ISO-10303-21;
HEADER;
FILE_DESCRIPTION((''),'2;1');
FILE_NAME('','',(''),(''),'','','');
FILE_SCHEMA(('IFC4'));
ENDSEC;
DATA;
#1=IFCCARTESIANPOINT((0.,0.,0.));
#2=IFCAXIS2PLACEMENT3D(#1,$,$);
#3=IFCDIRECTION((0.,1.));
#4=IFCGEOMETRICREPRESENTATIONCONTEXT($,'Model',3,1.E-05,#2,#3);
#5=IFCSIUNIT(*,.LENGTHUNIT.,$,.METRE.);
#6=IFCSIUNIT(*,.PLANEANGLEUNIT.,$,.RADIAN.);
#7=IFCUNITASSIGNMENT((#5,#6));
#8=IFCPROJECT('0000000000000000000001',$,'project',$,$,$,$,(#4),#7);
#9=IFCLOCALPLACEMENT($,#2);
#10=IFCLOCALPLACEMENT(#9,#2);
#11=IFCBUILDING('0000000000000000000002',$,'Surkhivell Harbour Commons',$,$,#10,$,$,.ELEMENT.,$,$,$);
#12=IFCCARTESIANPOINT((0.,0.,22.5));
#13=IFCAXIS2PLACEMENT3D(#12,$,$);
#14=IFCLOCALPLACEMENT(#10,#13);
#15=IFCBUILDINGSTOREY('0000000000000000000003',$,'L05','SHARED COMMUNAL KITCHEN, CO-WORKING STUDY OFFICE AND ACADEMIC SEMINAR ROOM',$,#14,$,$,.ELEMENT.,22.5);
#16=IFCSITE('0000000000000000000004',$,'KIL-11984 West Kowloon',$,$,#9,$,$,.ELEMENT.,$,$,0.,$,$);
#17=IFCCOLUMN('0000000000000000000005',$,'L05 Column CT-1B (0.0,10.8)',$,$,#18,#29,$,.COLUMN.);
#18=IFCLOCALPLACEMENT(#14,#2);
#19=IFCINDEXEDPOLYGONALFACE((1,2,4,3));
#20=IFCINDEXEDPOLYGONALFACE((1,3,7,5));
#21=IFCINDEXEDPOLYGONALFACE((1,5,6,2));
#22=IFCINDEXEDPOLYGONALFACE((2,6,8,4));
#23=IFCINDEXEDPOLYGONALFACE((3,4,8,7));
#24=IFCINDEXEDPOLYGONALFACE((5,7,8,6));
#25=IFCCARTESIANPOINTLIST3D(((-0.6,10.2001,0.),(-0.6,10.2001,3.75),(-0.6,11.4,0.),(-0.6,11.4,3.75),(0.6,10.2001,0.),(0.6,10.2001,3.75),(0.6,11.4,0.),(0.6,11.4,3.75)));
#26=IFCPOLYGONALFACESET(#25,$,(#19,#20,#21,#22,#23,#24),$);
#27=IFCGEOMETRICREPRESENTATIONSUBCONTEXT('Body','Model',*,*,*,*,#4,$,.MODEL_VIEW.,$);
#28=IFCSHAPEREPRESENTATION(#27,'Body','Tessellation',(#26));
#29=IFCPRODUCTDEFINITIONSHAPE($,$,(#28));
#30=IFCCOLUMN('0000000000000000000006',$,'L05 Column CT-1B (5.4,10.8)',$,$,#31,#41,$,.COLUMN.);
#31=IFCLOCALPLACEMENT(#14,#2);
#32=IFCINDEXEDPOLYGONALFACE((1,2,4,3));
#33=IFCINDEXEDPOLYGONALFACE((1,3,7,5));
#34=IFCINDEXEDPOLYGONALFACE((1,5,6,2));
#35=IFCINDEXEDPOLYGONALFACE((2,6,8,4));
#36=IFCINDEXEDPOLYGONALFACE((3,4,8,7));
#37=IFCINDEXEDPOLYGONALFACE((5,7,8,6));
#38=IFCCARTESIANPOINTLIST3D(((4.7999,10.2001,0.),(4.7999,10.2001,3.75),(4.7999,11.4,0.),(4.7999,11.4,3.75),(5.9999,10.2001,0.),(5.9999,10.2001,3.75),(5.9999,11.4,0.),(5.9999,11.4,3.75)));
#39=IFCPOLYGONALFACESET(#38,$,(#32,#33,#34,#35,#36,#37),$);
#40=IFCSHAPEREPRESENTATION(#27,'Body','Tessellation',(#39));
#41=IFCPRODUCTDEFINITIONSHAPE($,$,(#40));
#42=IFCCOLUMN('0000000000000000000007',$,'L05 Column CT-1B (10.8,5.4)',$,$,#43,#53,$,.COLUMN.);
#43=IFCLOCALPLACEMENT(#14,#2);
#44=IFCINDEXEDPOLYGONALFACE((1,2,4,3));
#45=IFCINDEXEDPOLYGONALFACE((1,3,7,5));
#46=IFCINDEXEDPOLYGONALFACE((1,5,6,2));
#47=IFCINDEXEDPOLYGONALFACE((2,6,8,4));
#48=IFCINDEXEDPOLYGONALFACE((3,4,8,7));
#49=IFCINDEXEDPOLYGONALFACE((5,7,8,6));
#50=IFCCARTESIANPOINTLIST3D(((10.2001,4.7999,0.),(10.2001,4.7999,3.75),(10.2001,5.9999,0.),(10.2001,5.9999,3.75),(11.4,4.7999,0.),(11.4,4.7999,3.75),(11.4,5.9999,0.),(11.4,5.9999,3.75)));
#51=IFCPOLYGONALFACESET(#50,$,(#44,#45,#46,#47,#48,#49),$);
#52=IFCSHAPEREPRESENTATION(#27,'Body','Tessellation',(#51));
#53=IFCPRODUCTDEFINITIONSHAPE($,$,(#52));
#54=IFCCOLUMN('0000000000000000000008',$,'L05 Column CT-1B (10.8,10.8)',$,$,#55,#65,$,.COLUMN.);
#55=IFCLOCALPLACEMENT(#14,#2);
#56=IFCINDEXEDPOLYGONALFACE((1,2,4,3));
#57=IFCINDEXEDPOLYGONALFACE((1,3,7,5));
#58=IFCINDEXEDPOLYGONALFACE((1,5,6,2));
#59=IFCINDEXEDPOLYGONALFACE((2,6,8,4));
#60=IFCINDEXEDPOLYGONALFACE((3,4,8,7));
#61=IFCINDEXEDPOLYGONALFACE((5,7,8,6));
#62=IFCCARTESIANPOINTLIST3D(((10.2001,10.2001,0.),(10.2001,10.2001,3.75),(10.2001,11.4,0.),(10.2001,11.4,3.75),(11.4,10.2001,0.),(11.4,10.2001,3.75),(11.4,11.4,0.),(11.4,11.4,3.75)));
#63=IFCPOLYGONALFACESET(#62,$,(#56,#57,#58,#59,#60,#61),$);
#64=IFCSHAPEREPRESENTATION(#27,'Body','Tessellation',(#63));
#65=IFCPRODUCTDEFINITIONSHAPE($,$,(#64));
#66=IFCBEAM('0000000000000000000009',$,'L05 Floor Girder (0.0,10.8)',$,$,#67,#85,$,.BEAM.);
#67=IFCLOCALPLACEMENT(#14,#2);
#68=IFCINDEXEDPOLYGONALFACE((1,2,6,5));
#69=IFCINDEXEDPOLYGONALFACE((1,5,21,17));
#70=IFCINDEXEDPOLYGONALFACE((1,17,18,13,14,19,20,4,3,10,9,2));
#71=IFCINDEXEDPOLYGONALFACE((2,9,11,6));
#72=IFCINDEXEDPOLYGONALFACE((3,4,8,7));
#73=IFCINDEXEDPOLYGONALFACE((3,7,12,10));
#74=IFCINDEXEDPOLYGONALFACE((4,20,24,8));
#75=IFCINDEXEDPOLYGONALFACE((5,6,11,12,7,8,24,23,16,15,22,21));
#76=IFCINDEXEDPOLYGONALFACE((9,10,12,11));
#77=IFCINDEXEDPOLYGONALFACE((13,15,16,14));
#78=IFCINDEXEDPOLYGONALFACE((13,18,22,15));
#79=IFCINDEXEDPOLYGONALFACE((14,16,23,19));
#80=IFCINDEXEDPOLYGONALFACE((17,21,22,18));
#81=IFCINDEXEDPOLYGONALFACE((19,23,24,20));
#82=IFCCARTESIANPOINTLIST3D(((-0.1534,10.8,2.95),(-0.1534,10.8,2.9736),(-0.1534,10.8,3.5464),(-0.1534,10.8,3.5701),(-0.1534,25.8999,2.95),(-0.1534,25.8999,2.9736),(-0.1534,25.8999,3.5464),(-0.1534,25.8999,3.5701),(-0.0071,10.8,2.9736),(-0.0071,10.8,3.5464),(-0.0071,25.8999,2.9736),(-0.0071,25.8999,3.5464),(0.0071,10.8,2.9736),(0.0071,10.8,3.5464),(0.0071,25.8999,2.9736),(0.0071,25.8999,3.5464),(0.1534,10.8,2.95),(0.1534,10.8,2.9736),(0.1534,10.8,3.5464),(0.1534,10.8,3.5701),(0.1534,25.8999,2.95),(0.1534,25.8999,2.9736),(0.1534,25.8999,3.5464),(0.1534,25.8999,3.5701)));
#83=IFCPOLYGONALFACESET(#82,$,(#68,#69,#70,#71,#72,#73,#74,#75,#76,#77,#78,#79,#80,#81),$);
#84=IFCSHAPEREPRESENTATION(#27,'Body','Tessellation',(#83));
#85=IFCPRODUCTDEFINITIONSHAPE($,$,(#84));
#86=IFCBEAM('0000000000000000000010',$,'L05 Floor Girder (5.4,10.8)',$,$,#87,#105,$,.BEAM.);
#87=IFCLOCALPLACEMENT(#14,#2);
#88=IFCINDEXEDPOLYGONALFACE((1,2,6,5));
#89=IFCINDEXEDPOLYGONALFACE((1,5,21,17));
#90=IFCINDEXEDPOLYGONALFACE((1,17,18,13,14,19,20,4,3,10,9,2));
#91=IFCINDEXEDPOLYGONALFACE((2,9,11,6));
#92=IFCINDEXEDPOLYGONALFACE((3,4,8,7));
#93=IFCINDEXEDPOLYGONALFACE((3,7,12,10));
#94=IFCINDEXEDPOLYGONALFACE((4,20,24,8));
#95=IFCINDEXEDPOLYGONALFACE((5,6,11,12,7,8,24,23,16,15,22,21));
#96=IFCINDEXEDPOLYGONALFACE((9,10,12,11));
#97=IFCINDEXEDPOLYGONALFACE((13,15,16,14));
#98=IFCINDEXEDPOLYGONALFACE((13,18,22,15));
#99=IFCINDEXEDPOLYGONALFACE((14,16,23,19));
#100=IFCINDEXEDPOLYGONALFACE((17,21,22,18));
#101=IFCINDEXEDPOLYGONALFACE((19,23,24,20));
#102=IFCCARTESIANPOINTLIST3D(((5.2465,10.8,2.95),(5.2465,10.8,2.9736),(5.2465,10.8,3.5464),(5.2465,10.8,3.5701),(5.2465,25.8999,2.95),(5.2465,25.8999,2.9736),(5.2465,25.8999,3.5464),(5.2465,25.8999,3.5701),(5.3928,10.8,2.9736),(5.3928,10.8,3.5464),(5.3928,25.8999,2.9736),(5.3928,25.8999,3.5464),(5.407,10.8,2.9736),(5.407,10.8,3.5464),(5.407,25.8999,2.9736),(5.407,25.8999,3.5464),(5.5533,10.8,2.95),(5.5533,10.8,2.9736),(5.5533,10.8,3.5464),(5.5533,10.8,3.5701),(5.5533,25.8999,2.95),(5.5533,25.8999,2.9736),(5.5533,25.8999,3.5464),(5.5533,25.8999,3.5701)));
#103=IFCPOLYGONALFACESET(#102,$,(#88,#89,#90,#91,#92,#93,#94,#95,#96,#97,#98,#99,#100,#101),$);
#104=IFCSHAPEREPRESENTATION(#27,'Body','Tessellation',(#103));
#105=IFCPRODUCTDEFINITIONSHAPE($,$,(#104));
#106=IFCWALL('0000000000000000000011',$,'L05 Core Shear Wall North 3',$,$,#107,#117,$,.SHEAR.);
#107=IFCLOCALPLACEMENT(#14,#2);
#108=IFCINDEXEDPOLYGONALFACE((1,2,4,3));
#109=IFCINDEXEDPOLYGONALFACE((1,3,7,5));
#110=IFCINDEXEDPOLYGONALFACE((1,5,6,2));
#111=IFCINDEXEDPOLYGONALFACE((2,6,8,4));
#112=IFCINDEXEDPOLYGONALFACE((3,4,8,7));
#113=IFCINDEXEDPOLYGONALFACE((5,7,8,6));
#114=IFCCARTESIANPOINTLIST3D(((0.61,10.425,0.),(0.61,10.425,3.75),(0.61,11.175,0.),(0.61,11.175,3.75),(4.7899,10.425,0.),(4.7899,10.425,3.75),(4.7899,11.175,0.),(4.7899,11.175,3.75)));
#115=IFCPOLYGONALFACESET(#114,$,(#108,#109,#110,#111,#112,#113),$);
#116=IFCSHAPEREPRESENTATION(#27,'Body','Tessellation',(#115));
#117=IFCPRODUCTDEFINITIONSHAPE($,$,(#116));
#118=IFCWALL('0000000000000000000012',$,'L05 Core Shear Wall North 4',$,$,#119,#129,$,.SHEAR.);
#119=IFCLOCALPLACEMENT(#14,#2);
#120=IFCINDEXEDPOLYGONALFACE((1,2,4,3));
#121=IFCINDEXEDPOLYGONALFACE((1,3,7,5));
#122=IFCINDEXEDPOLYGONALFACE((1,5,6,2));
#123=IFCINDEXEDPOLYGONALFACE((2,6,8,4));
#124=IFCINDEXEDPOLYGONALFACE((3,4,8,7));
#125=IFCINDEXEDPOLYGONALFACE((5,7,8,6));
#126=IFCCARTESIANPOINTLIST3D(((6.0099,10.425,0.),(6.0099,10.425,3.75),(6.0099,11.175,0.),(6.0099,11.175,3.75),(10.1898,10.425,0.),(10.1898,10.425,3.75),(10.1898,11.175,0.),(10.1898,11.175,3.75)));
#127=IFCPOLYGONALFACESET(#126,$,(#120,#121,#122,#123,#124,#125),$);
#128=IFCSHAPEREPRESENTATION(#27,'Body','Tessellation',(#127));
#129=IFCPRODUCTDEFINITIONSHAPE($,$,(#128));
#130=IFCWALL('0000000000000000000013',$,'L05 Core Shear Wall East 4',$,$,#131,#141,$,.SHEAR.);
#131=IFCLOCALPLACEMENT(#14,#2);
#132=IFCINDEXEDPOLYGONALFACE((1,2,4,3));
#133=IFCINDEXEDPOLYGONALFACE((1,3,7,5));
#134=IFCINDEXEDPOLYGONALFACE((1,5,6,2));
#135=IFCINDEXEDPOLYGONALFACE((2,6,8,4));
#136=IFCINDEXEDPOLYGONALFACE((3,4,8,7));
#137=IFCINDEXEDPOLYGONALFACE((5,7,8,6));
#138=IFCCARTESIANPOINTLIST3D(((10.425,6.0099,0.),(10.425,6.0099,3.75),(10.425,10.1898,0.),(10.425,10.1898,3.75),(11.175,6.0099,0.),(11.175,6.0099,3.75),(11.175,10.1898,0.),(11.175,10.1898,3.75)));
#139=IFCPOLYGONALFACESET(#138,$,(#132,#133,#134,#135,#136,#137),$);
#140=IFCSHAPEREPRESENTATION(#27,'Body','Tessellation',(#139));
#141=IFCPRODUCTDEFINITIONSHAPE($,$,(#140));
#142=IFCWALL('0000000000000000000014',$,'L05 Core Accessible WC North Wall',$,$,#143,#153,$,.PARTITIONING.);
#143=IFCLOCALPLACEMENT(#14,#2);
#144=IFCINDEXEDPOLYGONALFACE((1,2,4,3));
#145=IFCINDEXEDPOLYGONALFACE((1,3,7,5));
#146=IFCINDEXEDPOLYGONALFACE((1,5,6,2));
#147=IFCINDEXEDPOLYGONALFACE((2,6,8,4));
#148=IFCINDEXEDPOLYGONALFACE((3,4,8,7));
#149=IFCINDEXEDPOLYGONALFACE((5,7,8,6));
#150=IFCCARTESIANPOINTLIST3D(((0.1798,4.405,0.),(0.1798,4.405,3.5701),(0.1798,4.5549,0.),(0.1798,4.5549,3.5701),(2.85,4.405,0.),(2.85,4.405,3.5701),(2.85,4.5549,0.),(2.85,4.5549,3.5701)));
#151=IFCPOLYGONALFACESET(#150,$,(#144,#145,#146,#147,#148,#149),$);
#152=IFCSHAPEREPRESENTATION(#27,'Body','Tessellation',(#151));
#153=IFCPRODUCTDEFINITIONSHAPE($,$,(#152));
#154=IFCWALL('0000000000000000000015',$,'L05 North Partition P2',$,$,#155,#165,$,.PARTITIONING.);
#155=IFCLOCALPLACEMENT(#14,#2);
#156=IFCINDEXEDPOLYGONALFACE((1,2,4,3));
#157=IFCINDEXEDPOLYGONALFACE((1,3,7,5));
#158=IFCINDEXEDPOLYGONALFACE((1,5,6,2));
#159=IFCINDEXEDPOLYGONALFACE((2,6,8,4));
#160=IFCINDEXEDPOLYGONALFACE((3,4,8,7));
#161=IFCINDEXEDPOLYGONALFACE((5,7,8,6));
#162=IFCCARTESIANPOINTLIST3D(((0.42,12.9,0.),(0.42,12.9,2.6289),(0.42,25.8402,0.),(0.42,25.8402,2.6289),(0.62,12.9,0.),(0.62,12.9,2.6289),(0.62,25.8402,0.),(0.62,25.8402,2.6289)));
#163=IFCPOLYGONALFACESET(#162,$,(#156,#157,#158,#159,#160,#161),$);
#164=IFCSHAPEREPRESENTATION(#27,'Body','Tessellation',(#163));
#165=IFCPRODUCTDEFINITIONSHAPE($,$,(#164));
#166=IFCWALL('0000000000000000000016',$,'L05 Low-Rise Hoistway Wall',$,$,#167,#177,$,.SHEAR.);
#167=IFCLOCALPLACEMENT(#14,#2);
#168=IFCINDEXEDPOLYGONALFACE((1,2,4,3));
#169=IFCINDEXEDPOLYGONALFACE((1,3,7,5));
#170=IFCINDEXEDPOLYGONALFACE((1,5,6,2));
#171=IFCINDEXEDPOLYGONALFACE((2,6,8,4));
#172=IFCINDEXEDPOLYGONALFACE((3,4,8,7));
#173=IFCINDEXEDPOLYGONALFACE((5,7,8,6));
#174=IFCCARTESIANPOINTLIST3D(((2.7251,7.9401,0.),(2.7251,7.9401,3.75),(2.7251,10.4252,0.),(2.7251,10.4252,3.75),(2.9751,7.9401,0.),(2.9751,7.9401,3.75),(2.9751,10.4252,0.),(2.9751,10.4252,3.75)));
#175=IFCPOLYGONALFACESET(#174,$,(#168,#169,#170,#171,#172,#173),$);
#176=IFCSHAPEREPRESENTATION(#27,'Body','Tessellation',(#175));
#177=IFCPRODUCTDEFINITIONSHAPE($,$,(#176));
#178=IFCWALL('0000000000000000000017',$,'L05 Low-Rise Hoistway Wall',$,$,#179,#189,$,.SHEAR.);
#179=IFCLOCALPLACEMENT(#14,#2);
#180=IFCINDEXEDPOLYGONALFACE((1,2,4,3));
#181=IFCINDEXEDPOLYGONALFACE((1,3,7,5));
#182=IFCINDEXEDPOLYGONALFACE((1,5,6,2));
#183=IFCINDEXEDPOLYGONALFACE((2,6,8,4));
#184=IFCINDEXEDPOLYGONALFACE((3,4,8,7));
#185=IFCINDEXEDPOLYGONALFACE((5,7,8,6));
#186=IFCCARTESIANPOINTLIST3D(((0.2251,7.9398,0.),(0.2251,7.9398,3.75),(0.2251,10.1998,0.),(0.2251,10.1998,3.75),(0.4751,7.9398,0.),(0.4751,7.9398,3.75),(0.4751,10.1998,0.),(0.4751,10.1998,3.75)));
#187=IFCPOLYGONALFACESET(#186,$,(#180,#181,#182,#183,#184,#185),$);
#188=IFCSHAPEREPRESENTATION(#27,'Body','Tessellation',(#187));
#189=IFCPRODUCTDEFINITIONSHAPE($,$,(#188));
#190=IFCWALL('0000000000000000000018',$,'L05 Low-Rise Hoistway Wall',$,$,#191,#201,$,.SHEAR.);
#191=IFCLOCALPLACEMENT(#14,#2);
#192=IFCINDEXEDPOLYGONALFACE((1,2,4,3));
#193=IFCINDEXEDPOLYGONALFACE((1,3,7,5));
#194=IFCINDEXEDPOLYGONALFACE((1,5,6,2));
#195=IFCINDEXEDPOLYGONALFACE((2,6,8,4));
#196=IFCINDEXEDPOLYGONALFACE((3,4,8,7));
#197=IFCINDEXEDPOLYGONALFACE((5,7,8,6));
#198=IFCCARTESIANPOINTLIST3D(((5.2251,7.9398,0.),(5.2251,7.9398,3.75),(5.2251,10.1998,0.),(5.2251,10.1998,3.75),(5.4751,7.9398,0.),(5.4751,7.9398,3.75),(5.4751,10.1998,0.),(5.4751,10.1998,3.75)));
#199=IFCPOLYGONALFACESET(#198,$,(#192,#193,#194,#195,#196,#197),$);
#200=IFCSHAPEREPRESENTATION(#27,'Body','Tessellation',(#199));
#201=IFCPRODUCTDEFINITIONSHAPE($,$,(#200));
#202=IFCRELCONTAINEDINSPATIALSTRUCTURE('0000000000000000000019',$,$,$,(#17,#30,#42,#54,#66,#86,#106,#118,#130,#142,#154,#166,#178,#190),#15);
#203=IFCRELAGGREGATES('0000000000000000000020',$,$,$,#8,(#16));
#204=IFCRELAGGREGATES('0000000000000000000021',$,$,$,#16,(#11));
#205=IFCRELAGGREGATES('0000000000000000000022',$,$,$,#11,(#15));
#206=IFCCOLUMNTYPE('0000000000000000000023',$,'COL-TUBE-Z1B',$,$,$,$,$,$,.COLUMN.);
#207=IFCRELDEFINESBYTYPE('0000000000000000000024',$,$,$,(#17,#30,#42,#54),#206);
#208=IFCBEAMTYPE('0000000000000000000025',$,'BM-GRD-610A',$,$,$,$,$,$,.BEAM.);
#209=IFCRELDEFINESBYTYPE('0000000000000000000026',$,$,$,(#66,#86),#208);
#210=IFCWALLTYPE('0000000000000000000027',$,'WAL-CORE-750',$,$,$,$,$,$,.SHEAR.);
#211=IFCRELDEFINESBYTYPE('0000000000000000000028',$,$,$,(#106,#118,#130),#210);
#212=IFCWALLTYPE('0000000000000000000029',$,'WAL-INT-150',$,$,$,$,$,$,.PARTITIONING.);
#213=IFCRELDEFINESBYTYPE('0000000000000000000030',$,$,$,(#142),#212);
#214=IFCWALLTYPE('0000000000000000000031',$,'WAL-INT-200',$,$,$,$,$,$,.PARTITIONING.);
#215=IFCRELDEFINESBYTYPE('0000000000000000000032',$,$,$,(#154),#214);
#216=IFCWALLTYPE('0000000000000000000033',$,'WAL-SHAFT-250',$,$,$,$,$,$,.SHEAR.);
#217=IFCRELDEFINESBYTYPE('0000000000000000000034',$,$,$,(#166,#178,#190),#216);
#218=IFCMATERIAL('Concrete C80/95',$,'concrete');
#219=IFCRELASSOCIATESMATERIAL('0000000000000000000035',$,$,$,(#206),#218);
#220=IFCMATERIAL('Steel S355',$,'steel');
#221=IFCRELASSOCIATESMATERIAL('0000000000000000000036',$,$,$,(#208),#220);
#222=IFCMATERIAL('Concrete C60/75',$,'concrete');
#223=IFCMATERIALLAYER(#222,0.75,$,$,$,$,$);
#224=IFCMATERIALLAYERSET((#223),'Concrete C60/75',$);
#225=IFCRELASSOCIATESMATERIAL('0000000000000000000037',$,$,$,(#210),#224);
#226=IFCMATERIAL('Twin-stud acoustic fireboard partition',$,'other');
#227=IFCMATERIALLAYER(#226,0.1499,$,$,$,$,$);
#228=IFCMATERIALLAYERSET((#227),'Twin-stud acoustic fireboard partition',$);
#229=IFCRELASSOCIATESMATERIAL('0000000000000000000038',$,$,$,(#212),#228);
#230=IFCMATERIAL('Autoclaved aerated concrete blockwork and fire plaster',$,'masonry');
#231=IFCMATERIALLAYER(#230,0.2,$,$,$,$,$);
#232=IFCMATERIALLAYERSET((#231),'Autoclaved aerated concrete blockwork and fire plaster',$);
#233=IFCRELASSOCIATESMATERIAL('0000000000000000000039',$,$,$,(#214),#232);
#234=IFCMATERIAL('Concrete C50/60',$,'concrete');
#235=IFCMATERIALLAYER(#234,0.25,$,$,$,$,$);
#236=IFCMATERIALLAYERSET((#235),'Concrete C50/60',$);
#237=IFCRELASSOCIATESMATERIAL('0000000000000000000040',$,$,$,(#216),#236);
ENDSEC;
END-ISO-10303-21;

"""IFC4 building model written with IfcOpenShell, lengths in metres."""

from ifc_helpers import new_model, si_unit, direction, frame, frame_2d, origin, origin_2d, place, context, subcontext, project, spatial, rectangle, i_section, extrude, material, layer, layer_set, material_profile, profile_set, type_object, element, save


model = new_model("IFC4")

# Units and contexts
model_context = context("Model", 3, precision=1e-05, world=origin(), true_north=direction((0.0, 1.0)))
body_context = subcontext(model_context, "Body", "Model", "MODEL_VIEW")
ifc_project = project(units=[si_unit("LENGTHUNIT", "METRE"), si_unit("PLANEANGLEUNIT", "RADIAN")], contexts=[model_context])

# Site, building, storey
site_placement = place(None, origin())
site = spatial("IfcSite", under=ifc_project, at=site_placement, Name="KIL-11984 West Kowloon", CompositionType="ELEMENT", RefElevation=0.0)
building_placement = place(site_placement, origin())
building = spatial("IfcBuilding", under=site, at=building_placement, Name="Surkhivell Harbour Commons", CompositionType="ELEMENT")
storey_placement = place(building_placement, frame((0.0, 0.0, 22.5)))
storey = spatial("IfcBuildingStorey", under=building, at=storey_placement, Name="L05", Description="SHARED COMMUNAL KITCHEN, CO-WORKING STUDY OFFICE AND ACADEMIC SEMINAR ROOM", CompositionType="ELEMENT", Elevation=22.5)

# Columns
ifc_material_1 = material(Name="Concrete C80/95", Category="concrete")
ifc_material_profile_1 = material_profile(ifc_material_1, rectangle(XDim=1.2, YDim=1.2, at=origin_2d()), Name="RC-COL-1200x1200")
ifc_profile_set_1 = profile_set([ifc_material_profile_1], Name="Concrete C80/95")
column_type = type_object("IfcColumnType", Name="COL-TUBE-Z1B", PredefinedType="COLUMN", material=ifc_profile_set_1)
for number, where, z_axis, x_axis, name in (
    (1, (0.0, 10.8, 0.0), (0.0, 0.0, 1.0), (1.0, 0.0, 0.0), "L05 Column CT-1B (0.0,10.8)"),
    (2, (5.3999, 10.8, 0.0), (0.0, 0.0, 1.0), (1.0, 0.0, 0.0), "L05 Column CT-1B (5.4,10.8)"),
    (3, (10.8, 5.3999, 0.0), (0.0, 0.0, 1.0), (1.0, 0.0, 0.0), "L05 Column CT-1B (10.8,5.4)"),
    (4, (10.8, 10.8, 0.0), (0.0, 0.0, 1.0), (1.0, 0.0, 0.0), "L05 Column CT-1B (10.8,10.8)"),
):
    element("IfcColumn", number, at=place(storey_placement, frame(where, z_axis=z_axis, x_axis=x_axis)), inside=storey, type_object=column_type, Name=name, PredefinedType="COLUMN", context=body_context, shape_type="SweptSolid", body=[
        extrude(rectangle(XDim=1.2, YDim=1.2, at=origin_2d()), origin(), (0.0, 0.0, 1.0), 3.75),
    ])

# Beams
ifc_material_2 = material(Name="Steel S355", Category="steel")
ifc_material_profile_2 = material_profile(ifc_material_2, i_section(OverallWidth=0.3069, OverallDepth=0.6201, WebThickness=0.0142, FlangeThickness=0.0237, at=origin_2d()), Name="UB610x305x179")
ifc_profile_set_2 = profile_set([ifc_material_profile_2], Name="Steel S355")
beam_type = type_object("IfcBeamType", Name="BM-GRD-610A", PredefinedType="BEAM", material=ifc_profile_set_2)
for number, where, z_axis, x_axis, name in (
    (5, (0.0, 10.8, 3.26), (0.0, 1.0, 0.0), (-1.0, 0.0, 0.0), "L05 Floor Girder (0.0,10.8)"),
    (6, (5.3999, 10.8, 3.26), (0.0, 1.0, 0.0), (-1.0, 0.0, 0.0), "L05 Floor Girder (5.4,10.8)"),
):
    element("IfcBeam", number, at=place(storey_placement, frame(where, z_axis=z_axis, x_axis=x_axis)), inside=storey, type_object=beam_type, Name=name, PredefinedType="BEAM", context=body_context, shape_type="SweptSolid", body=[
        extrude(i_section(OverallWidth=0.3069, OverallDepth=0.6201, WebThickness=0.0142, FlangeThickness=0.0237, at=origin_2d()), origin(), (0.0, 0.0, 1.0), 15.0999),
    ])

# Walls
ifc_material_3 = material(Name="Concrete C60/75", Category="concrete")
ifc_layer_1 = layer(ifc_material_3, 0.75)
ifc_layer_set_1 = layer_set([ifc_layer_1], Name="Concrete C60/75")
wall_type_1 = type_object("IfcWallType", Name="WAL-CORE-750", PredefinedType="SHEAR", material=ifc_layer_set_1)
for number, where, z_axis, x_axis, name in (
    (7, (0.6101, 10.8, 0.0), (0.0, 0.0, 1.0), (1.0, 0.0, 0.0), "L05 Core Shear Wall North 3"),
    (8, (6.01, 10.8, 0.0), (0.0, 0.0, 1.0), (1.0, 0.0, 0.0), "L05 Core Shear Wall North 4"),
    (9, (10.8, 6.01, 0.0), (0.0, 0.0, 1.0), (0.0, 1.0, 0.0), "L05 Core Shear Wall East 4"),
):
    element("IfcWall", number, at=place(storey_placement, frame(where, z_axis=z_axis, x_axis=x_axis)), inside=storey, type_object=wall_type_1, Name=name, PredefinedType="SHEAR", context=body_context, shape_type="SweptSolid", body=[
        extrude(rectangle(XDim=4.1799, YDim=0.75, at=frame_2d((2.0898, 0.0))), origin(), (0.0, 0.0, 1.0), 3.75),
    ])
ifc_material_4 = material(Name="Twin-stud acoustic fireboard partition", Category="other")
ifc_layer_2 = layer(ifc_material_4, 0.1499)
ifc_layer_set_2 = layer_set([ifc_layer_2], Name="Twin-stud acoustic fireboard partition")
wall_type_2 = type_object("IfcWallType", Name="WAL-INT-150", PredefinedType="PARTITIONING", material=ifc_layer_set_2)
wall_1_placement = place(storey_placement, frame((0.1799, 4.48, 0.0), z_axis=(0.0, 0.0, 1.0), x_axis=(1.0, 0.0, 0.0)))
element("IfcWall", 10, at=wall_1_placement, inside=storey, type_object=wall_type_2, Name="L05 Core Accessible WC North Wall", PredefinedType="PARTITIONING", context=body_context, shape_type="SweptSolid", body=[
    extrude(rectangle(XDim=2.6702, YDim=0.1499, at=frame_2d((1.335, 0.0))), origin(), (0.0, 0.0, 1.0), 3.5701),
])
ifc_material_5 = material(Name="Autoclaved aerated concrete blockwork and fire plaster", Category="masonry")
ifc_layer_3 = layer(ifc_material_5, 0.2)
ifc_layer_set_3 = layer_set([ifc_layer_3], Name="Autoclaved aerated concrete blockwork and fire plaster")
wall_type_3 = type_object("IfcWallType", Name="WAL-INT-200", PredefinedType="PARTITIONING", material=ifc_layer_set_3)
wall_2_placement = place(storey_placement, frame((0.52, 12.8999, 0.0), z_axis=(0.0, 0.0, 1.0), x_axis=(0.0, 1.0, 0.0)))
element("IfcWall", 11, at=wall_2_placement, inside=storey, type_object=wall_type_3, Name="L05 North Partition P2", PredefinedType="PARTITIONING", context=body_context, shape_type="SweptSolid", body=[
    extrude(rectangle(XDim=12.9402, YDim=0.2, at=frame_2d((6.4702, 0.0))), origin(), (0.0, 0.0, 1.0), 2.6289),
])
ifc_material_6 = material(Name="Concrete C50/60", Category="concrete")
ifc_layer_4 = layer(ifc_material_6, 0.25)
ifc_layer_set_4 = layer_set([ifc_layer_4], Name="Concrete C50/60")
wall_type_4 = type_object("IfcWallType", Name="WAL-SHAFT-250", PredefinedType="SHEAR", material=ifc_layer_set_4)
wall_3_placement = place(storey_placement, frame((2.8501, 7.9399, 0.0), z_axis=(0.0, 0.0, 1.0), x_axis=(0.0, 1.0, 0.0)))
element("IfcWall", 12, at=wall_3_placement, inside=storey, type_object=wall_type_4, Name="L05 Low-Rise Hoistway Wall", PredefinedType="SHEAR", context=body_context, shape_type="SweptSolid", body=[
    extrude(rectangle(XDim=2.4851, YDim=0.25, at=frame_2d((1.2427, 0.0))), origin(), (0.0, 0.0, 1.0), 3.75),
])
for number, where, z_axis, x_axis, name in (
    (13, (0.3501, 7.9399, 0.0), (0.0, 0.0, 1.0), (0.0, 1.0, 0.0), "L05 Low-Rise Hoistway Wall"),
    (14, (5.3501, 7.9399, 0.0), (0.0, 0.0, 1.0), (0.0, 1.0, 0.0), "L05 Low-Rise Hoistway Wall"),
):
    element("IfcWall", number, at=place(storey_placement, frame(where, z_axis=z_axis, x_axis=x_axis)), inside=storey, type_object=wall_type_4, Name=name, PredefinedType="SHEAR", context=body_context, shape_type="SweptSolid", body=[
        extrude(rectangle(XDim=2.26, YDim=0.25, at=frame_2d((1.1299, 0.0))), origin(), (0.0, 0.0, 1.0), 3.75),
    ])

save(model, "model.ifc")
